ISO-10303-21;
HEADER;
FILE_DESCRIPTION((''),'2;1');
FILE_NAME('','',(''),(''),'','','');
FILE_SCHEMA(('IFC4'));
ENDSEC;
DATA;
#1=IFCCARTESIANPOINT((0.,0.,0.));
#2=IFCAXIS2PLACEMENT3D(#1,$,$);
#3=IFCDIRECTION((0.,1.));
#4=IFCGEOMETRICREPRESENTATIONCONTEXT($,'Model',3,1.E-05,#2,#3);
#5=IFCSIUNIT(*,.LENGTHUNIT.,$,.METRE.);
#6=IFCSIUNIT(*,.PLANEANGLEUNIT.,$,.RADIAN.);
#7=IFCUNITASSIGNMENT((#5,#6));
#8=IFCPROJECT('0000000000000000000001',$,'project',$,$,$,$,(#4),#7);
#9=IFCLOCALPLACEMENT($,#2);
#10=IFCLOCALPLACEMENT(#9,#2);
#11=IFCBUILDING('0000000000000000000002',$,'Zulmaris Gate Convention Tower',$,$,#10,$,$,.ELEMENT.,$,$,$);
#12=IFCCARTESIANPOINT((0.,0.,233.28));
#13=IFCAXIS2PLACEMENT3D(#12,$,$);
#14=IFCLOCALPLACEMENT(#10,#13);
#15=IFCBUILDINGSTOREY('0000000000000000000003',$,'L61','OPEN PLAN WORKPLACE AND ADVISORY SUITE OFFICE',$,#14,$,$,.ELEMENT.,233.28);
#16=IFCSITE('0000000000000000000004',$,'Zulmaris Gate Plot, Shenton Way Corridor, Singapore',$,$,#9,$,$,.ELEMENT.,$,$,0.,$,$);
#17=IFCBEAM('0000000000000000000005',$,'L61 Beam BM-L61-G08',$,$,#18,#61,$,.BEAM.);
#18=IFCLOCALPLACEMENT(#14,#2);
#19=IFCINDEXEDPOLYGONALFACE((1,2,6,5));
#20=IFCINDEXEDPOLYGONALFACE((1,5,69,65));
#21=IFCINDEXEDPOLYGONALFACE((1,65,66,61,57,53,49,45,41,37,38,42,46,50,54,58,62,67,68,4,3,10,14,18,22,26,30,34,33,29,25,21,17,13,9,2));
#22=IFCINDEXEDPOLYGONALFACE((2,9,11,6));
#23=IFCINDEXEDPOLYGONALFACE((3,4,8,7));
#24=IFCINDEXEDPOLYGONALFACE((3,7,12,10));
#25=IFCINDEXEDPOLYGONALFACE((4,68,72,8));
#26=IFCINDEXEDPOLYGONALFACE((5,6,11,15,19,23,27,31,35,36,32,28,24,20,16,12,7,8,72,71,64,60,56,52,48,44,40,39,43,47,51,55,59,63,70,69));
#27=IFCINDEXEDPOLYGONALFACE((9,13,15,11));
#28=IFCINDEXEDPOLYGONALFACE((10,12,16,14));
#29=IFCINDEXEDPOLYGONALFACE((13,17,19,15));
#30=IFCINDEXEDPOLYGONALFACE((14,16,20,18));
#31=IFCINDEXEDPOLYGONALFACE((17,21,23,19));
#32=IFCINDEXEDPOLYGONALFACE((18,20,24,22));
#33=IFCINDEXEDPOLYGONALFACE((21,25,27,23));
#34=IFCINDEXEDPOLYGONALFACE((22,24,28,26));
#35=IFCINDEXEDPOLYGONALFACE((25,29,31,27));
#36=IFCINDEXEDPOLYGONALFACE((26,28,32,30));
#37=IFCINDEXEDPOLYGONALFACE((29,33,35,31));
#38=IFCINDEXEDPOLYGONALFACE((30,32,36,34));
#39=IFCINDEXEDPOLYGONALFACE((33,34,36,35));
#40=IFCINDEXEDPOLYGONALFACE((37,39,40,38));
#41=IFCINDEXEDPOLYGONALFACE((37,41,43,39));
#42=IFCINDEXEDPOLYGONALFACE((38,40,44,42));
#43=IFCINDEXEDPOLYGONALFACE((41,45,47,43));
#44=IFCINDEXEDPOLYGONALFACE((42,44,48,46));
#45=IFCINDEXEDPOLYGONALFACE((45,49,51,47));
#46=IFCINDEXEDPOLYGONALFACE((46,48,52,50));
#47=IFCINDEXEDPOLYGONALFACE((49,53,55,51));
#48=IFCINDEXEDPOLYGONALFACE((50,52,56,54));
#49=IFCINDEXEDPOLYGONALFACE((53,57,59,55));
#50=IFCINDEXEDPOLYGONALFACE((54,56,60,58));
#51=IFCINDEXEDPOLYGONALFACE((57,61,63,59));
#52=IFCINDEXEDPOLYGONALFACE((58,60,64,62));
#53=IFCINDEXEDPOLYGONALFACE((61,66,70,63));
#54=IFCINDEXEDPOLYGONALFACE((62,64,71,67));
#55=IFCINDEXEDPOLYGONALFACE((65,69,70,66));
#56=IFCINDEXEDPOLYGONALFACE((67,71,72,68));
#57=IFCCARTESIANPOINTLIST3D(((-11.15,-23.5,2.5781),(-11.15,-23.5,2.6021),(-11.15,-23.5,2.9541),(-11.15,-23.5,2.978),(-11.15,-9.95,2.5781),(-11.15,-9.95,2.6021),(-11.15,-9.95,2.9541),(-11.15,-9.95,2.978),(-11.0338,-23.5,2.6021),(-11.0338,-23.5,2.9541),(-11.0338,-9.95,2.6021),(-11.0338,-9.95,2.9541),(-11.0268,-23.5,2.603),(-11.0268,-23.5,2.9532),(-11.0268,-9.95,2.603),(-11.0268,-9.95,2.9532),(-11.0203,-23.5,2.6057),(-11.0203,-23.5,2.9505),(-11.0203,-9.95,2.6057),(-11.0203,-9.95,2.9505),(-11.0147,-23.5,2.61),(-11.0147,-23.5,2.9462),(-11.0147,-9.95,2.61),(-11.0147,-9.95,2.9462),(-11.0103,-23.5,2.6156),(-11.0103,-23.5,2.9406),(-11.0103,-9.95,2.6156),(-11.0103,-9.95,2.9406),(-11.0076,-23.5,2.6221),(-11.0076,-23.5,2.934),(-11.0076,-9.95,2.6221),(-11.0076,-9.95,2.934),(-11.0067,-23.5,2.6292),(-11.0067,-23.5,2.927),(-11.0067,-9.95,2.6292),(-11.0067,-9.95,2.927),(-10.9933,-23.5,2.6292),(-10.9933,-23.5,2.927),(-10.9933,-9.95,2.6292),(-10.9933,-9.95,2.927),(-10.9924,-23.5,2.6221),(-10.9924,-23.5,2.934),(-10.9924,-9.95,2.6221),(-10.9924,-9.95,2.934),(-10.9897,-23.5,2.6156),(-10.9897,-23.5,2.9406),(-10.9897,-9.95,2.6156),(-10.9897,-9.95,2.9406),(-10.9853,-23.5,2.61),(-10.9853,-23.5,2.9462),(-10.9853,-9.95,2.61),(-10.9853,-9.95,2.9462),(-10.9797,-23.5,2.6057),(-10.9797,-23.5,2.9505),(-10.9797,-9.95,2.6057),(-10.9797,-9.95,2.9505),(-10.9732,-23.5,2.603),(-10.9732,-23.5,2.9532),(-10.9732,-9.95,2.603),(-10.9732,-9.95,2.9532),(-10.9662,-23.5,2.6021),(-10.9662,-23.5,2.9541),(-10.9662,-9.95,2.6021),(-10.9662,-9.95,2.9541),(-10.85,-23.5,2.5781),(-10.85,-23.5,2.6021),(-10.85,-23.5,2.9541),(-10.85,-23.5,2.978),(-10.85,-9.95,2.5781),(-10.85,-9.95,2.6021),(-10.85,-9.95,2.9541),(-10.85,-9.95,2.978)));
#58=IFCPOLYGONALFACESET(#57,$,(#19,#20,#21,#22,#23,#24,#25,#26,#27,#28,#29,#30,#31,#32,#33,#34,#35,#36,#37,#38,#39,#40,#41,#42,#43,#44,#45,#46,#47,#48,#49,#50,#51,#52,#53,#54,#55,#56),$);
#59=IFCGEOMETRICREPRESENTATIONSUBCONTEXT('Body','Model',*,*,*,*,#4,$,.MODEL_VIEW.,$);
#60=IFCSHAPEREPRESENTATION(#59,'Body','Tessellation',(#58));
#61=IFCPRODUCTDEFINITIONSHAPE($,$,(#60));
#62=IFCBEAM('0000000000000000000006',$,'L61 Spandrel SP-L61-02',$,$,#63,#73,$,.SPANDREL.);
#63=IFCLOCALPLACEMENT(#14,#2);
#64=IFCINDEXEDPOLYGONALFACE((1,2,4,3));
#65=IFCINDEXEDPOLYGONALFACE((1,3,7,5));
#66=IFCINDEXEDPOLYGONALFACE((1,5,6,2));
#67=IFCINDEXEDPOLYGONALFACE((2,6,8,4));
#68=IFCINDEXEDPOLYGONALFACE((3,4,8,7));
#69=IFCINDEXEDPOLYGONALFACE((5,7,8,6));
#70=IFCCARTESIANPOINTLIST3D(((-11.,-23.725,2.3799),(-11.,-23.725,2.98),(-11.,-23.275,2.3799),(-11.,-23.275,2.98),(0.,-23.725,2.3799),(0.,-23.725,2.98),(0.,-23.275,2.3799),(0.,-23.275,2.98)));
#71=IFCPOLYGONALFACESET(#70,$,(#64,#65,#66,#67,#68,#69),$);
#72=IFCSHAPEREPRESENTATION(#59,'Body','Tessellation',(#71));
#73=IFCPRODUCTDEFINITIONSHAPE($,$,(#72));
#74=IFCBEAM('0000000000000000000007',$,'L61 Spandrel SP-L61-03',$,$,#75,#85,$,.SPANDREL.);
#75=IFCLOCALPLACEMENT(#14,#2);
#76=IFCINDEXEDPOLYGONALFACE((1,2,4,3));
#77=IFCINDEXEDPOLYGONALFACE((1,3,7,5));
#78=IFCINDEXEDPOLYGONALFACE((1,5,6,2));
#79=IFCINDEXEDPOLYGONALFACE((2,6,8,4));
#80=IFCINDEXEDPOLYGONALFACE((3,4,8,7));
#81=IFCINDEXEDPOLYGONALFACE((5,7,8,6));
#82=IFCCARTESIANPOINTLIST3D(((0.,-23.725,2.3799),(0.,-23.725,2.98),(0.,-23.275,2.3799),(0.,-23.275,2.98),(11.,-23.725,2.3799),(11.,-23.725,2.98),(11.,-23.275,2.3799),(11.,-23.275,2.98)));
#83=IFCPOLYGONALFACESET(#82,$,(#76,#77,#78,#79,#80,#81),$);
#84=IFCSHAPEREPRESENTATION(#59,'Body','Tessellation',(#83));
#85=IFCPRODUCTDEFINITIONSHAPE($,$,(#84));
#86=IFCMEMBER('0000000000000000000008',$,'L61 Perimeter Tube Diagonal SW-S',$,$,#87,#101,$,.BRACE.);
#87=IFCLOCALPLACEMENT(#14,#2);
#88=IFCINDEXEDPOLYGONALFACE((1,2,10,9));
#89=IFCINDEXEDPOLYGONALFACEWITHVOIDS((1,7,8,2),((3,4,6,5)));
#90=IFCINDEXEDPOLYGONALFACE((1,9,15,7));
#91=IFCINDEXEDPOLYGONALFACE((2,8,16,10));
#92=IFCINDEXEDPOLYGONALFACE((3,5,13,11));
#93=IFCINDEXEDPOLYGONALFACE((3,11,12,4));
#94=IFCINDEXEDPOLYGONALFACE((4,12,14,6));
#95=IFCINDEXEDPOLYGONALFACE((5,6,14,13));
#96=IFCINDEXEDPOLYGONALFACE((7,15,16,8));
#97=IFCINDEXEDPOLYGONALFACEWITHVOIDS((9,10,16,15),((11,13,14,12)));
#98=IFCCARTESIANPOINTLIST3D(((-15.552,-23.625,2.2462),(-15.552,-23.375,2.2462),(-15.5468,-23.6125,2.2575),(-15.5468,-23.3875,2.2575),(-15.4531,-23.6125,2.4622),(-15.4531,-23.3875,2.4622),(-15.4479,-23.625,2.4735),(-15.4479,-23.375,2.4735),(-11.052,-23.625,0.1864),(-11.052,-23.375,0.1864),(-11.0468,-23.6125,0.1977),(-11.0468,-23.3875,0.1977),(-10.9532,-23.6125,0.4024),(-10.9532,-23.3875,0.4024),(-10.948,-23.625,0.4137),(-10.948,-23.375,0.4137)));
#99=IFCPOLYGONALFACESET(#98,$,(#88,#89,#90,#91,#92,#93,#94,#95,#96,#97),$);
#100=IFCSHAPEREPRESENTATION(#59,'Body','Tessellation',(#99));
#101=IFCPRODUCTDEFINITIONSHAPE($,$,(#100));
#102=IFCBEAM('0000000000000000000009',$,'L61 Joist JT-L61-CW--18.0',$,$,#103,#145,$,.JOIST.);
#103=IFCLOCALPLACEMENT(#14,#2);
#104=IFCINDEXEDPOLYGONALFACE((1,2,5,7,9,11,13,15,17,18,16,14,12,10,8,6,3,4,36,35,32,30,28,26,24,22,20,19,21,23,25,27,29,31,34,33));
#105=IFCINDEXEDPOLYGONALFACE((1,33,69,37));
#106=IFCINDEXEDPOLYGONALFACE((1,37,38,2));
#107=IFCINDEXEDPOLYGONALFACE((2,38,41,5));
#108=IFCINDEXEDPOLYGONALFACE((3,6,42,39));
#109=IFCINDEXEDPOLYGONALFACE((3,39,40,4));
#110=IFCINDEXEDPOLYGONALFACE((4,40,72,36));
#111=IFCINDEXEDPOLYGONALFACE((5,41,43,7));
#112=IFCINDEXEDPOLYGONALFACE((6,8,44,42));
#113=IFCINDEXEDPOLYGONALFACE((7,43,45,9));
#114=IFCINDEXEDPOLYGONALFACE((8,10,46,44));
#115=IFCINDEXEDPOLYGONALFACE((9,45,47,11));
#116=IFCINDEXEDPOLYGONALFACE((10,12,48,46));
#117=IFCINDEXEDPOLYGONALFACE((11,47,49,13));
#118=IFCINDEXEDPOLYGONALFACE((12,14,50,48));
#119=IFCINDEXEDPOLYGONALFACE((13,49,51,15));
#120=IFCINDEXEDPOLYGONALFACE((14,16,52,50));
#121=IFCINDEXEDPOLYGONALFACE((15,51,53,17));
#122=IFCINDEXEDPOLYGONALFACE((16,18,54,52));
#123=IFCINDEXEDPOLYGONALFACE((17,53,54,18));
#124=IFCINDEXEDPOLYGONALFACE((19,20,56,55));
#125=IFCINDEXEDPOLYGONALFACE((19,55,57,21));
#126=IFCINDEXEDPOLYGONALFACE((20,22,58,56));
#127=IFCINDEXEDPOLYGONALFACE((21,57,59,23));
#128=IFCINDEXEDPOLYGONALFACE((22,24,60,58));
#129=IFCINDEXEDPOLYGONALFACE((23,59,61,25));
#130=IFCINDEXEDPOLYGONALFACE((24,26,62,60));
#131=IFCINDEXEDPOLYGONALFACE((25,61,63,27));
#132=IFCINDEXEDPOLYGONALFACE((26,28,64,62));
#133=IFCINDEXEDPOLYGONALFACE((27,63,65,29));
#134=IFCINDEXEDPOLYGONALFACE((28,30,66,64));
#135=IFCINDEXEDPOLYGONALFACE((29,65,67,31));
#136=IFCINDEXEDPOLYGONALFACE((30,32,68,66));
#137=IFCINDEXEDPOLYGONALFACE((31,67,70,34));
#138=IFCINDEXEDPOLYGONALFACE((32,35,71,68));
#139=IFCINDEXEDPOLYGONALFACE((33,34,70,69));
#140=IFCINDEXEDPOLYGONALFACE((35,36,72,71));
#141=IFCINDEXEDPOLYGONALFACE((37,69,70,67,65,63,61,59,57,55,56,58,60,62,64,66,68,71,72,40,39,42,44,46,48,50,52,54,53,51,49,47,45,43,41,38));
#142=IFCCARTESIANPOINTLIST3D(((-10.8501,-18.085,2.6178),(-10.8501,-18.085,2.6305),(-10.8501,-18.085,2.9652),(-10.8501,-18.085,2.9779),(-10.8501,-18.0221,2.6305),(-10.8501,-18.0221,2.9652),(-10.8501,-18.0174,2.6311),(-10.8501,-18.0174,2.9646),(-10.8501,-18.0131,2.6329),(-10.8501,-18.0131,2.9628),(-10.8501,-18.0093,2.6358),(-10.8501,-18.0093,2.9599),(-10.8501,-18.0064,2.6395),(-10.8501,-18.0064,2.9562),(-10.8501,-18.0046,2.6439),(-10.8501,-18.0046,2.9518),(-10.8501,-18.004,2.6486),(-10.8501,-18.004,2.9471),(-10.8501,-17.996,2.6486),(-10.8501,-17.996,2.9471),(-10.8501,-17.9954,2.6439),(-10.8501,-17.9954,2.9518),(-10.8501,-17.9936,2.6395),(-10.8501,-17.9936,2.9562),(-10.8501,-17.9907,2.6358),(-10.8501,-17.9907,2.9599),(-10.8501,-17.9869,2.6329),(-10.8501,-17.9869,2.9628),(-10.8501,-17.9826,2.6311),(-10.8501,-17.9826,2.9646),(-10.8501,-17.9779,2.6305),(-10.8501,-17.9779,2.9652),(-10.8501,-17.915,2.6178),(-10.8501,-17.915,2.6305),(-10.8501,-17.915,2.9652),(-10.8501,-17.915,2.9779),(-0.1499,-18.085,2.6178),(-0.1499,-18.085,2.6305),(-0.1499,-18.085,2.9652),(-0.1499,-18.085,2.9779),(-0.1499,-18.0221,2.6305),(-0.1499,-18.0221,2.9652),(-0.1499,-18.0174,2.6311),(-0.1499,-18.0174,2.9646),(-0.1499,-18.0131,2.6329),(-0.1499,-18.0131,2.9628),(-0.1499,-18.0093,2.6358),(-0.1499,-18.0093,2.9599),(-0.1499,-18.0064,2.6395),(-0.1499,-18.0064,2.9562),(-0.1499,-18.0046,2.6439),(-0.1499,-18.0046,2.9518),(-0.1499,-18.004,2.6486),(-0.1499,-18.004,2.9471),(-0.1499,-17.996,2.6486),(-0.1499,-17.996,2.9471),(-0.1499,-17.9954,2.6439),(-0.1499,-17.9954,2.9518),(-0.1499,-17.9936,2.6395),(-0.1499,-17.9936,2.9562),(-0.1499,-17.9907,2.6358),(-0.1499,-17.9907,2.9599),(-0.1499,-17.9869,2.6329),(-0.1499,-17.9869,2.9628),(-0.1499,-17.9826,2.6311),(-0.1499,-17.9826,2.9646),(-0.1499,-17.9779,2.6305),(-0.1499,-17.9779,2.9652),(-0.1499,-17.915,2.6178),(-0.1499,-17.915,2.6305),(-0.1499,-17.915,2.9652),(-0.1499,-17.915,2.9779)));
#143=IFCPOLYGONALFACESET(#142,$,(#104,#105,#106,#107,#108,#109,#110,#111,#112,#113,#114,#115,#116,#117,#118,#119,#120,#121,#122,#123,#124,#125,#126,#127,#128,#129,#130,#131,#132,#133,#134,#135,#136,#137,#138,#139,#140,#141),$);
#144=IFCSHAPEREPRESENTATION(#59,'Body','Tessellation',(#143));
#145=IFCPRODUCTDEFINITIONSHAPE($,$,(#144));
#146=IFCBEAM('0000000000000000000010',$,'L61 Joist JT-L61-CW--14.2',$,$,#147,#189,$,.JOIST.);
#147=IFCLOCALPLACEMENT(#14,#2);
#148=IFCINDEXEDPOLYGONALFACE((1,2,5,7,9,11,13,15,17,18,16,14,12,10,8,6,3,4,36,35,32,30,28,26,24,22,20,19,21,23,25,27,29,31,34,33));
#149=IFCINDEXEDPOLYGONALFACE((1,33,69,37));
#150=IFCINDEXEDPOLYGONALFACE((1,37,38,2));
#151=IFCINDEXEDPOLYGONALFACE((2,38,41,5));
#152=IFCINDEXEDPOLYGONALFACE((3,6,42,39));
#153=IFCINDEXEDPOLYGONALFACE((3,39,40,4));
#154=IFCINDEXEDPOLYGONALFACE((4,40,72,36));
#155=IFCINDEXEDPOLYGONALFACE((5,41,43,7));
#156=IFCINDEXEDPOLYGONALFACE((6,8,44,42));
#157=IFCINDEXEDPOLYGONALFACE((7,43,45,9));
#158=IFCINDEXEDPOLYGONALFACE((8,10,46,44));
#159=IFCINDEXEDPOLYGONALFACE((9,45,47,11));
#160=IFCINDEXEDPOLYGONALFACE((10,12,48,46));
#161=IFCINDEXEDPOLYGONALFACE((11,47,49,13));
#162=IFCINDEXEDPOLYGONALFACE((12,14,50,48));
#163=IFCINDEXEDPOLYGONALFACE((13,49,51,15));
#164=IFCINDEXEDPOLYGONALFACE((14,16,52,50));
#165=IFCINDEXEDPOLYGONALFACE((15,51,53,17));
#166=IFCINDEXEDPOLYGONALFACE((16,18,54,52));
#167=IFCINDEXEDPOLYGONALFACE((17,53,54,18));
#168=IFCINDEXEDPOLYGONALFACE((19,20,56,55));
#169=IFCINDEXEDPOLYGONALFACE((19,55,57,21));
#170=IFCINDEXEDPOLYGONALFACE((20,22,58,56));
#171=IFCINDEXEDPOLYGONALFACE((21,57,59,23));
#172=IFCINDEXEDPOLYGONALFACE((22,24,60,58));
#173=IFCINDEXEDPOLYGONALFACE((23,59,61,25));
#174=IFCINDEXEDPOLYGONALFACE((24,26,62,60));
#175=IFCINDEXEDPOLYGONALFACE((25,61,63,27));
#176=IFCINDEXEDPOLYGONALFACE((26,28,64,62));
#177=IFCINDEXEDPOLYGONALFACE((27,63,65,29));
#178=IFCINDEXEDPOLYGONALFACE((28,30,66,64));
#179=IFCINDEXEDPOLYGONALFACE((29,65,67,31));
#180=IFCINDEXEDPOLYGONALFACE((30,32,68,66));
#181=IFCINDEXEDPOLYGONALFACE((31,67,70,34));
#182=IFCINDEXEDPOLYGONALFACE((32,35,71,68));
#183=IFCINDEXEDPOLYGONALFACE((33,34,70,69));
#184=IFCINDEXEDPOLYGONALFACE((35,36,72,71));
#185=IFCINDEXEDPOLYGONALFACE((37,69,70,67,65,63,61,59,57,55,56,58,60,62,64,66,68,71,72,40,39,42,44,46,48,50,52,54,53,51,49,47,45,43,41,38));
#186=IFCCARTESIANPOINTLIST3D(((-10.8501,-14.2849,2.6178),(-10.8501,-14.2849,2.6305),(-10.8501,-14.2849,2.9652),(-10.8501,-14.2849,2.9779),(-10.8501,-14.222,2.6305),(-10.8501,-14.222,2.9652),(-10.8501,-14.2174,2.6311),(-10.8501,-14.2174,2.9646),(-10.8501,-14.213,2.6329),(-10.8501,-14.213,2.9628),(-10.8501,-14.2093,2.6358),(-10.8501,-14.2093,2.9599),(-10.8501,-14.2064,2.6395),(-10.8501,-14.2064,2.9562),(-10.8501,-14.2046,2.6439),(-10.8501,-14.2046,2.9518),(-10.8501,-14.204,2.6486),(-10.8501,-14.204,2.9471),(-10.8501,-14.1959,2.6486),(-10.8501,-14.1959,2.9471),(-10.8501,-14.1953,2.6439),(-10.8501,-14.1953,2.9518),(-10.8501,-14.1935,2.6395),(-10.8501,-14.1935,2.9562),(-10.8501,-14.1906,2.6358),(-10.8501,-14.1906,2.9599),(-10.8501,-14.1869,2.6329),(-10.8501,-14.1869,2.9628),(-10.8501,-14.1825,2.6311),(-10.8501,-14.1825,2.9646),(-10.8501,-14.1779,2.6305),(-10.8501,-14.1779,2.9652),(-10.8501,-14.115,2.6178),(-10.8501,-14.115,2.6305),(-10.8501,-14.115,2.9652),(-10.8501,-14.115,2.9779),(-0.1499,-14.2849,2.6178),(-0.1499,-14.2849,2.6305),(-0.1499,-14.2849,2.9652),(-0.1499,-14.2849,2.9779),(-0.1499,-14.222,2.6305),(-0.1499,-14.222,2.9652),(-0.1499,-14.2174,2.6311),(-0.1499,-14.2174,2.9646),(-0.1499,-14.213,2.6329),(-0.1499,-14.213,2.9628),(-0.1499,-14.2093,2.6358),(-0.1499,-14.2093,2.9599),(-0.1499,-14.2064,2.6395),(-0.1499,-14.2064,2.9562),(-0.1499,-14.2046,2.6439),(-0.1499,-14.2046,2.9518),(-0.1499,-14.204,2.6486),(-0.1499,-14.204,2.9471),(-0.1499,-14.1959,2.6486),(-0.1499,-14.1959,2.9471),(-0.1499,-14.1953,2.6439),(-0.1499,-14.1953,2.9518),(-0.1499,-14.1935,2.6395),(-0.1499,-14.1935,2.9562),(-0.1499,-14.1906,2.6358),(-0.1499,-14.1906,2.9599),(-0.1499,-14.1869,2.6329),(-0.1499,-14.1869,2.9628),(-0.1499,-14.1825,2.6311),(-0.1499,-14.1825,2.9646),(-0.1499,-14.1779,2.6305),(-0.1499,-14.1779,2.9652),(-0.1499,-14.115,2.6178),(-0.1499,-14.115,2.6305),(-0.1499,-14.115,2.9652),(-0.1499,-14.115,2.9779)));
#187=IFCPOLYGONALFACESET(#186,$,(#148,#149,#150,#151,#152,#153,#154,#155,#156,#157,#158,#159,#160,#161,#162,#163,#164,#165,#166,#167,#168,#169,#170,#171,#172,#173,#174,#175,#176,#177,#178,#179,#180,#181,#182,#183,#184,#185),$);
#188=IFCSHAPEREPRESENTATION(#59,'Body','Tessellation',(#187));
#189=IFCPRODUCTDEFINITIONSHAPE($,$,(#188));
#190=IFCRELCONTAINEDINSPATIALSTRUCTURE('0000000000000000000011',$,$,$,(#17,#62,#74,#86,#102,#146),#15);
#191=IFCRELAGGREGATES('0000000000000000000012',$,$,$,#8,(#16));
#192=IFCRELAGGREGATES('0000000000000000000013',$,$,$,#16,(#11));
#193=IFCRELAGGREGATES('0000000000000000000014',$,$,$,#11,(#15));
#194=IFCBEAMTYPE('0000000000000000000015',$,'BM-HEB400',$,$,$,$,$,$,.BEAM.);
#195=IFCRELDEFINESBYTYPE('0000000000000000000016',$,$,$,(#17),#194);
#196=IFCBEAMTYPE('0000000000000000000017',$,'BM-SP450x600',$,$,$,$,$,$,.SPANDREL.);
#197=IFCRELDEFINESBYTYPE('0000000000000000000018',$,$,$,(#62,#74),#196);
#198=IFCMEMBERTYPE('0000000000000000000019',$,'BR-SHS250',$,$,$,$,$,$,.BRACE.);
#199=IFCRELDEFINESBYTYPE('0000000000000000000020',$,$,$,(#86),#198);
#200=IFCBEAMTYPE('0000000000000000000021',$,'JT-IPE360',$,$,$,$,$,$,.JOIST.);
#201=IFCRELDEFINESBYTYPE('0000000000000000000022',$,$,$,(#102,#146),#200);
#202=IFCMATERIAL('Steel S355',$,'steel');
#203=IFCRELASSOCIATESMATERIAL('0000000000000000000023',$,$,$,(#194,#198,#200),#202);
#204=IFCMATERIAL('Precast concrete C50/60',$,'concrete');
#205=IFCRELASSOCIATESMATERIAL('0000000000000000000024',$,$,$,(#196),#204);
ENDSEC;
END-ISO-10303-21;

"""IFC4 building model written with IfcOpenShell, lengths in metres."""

from ifc_helpers import new_model, si_unit, direction, frame, origin, origin_2d, place, context, subcontext, project, spatial, rectangle, hollow_rectangle, i_section, extrude, material, material_profile, profile_set, type_object, element, save


model = new_model("IFC4")

# Units and contexts
model_context = context("Model", 3, precision=1e-05, world=origin(), true_north=direction((0.0, 1.0)))
body_context = subcontext(model_context, "Body", "Model", "MODEL_VIEW")
ifc_project = project(units=[si_unit("LENGTHUNIT", "METRE"), si_unit("PLANEANGLEUNIT", "RADIAN")], contexts=[model_context])

# Site, building, storey
site_placement = place(None, origin())
site = spatial("IfcSite", under=ifc_project, at=site_placement, Name="Zulmaris Gate Plot, Shenton Way Corridor, Singapore", CompositionType="ELEMENT", RefElevation=0.0)
building_placement = place(site_placement, origin())
building = spatial("IfcBuilding", under=site, at=building_placement, Name="Zulmaris Gate Convention Tower", CompositionType="ELEMENT")
storey_placement = place(building_placement, frame((0.0, 0.0, 233.28)))
storey = spatial("IfcBuildingStorey", under=building, at=storey_placement, Name="L61", Description="OPEN PLAN WORKPLACE AND ADVISORY SUITE OFFICE", CompositionType="ELEMENT", Elevation=233.28)

# Beams
ifc_material_1 = material(Name="Steel S355", Category="steel")
ifc_material_profile_1 = material_profile(ifc_material_1, i_section(OverallWidth=0.3, OverallDepth=0.3999, WebThickness=0.0134, FlangeThickness=0.0239, FilletRadius=0.0271, at=origin_2d()), Name="HEB 400")
ifc_profile_set_1 = profile_set([ifc_material_profile_1], Name="Steel S355")
beam_type_1 = type_object("IfcBeamType", Name="BM-HEB400", PredefinedType="BEAM", material=ifc_profile_set_1)
beam_1_placement = place(storey_placement, frame((-11.0, -23.5, 2.7781), z_axis=(0.0, 1.0, 0.0), x_axis=(-1.0, 0.0, 0.0)))
element("IfcBeam", 1, at=beam_1_placement, inside=storey, type_object=beam_type_1, Name="L61 Beam BM-L61-G08", PredefinedType="BEAM", context=body_context, shape_type="SweptSolid", body=[
    extrude(i_section(OverallWidth=0.3, OverallDepth=0.3999, WebThickness=0.0134, FlangeThickness=0.0239, FilletRadius=0.0271, at=origin_2d()), origin(), (0.0, 0.0, 1.0), 13.55),
])
ifc_material_2 = material(Name="Precast concrete C50/60", Category="concrete")
ifc_material_profile_2 = material_profile(ifc_material_2, rectangle(XDim=0.45, YDim=0.6001, at=origin_2d()), Name="RC SPANDREL 450x600")
ifc_profile_set_2 = profile_set([ifc_material_profile_2], Name="Precast concrete C50/60")
beam_type_2 = type_object("IfcBeamType", Name="BM-SP450x600", PredefinedType="SPANDREL", material=ifc_profile_set_2)
for number, where, z_axis, x_axis, name in (
    (2, (-11.0, -23.5, 2.6799), (1.0, 0.0, 0.0), (0.0, 1.0, 0.0), "L61 Spandrel SP-L61-02"),
    (3, (0.0, -23.5, 2.6799), (1.0, 0.0, 0.0), (0.0, 1.0, 0.0), "L61 Spandrel SP-L61-03"),
):
    element("IfcBeam", number, at=place(storey_placement, frame(where, z_axis=z_axis, x_axis=x_axis)), inside=storey, type_object=beam_type_2, Name=name, PredefinedType="SPANDREL", context=body_context, shape_type="SweptSolid", body=[
        extrude(rectangle(XDim=0.45, YDim=0.6001, at=origin_2d()), origin(), (0.0, 0.0, 1.0), 11.0),
    ])

# Member
ifc_material_profile_3 = material_profile(ifc_material_1, hollow_rectangle(XDim=0.25, YDim=0.25, WallThickness=0.0125, at=origin_2d()), Name="SHS 250x250x12.5")
ifc_profile_set_3 = profile_set([ifc_material_profile_3], Name="Steel S355")
member_type = type_object("IfcMemberType", Name="BR-SHS250", PredefinedType="BRACE", material=ifc_profile_set_3)
member_placement = place(storey_placement, frame((-11.0, -23.5, 0.3), z_axis=(-0.90927, 0.0, 0.416206), x_axis=(0.0, -1.0, 0.0)))
element("IfcMember", 4, at=member_placement, inside=storey, type_object=member_type, Name="L61 Perimeter Tube Diagonal SW-S", PredefinedType="BRACE", context=body_context, shape_type="SweptSolid", body=[
    extrude(hollow_rectangle(XDim=0.25, YDim=0.25, WallThickness=0.0125, at=origin_2d()), origin(), (0.0, 0.0, 1.0), 4.949),
])

# Beams
ifc_material_profile_4 = material_profile(ifc_material_1, i_section(OverallWidth=0.1699, OverallDepth=0.3601, WebThickness=0.0081, FlangeThickness=0.0127, FilletRadius=0.0181, at=origin_2d()), Name="IPE 360")
ifc_profile_set_4 = profile_set([ifc_material_profile_4], Name="Steel S355")
beam_type_3 = type_object("IfcBeamType", Name="JT-IPE360", PredefinedType="JOIST", material=ifc_profile_set_4)
for number, where, z_axis, x_axis, name in (
    (5, (-10.8501, -18.0, 2.7979), (1.0, 0.0, 0.0), (0.0, 1.0, 0.0), "L61 Joist JT-L61-CW--18.0"),
    (6, (-10.8501, -14.2, 2.7979), (1.0, 0.0, 0.0), (0.0, 1.0, 0.0), "L61 Joist JT-L61-CW--14.2"),
):
    element("IfcBeam", number, at=place(storey_placement, frame(where, z_axis=z_axis, x_axis=x_axis)), inside=storey, type_object=beam_type_3, Name=name, PredefinedType="JOIST", context=body_context, shape_type="SweptSolid", body=[
        extrude(i_section(OverallWidth=0.1699, OverallDepth=0.3601, WebThickness=0.0081, FlangeThickness=0.0127, FilletRadius=0.0181, at=origin_2d()), origin(), (0.0, 0.0, 1.0), 10.7002),
    ])

save(model, "model.ifc")
